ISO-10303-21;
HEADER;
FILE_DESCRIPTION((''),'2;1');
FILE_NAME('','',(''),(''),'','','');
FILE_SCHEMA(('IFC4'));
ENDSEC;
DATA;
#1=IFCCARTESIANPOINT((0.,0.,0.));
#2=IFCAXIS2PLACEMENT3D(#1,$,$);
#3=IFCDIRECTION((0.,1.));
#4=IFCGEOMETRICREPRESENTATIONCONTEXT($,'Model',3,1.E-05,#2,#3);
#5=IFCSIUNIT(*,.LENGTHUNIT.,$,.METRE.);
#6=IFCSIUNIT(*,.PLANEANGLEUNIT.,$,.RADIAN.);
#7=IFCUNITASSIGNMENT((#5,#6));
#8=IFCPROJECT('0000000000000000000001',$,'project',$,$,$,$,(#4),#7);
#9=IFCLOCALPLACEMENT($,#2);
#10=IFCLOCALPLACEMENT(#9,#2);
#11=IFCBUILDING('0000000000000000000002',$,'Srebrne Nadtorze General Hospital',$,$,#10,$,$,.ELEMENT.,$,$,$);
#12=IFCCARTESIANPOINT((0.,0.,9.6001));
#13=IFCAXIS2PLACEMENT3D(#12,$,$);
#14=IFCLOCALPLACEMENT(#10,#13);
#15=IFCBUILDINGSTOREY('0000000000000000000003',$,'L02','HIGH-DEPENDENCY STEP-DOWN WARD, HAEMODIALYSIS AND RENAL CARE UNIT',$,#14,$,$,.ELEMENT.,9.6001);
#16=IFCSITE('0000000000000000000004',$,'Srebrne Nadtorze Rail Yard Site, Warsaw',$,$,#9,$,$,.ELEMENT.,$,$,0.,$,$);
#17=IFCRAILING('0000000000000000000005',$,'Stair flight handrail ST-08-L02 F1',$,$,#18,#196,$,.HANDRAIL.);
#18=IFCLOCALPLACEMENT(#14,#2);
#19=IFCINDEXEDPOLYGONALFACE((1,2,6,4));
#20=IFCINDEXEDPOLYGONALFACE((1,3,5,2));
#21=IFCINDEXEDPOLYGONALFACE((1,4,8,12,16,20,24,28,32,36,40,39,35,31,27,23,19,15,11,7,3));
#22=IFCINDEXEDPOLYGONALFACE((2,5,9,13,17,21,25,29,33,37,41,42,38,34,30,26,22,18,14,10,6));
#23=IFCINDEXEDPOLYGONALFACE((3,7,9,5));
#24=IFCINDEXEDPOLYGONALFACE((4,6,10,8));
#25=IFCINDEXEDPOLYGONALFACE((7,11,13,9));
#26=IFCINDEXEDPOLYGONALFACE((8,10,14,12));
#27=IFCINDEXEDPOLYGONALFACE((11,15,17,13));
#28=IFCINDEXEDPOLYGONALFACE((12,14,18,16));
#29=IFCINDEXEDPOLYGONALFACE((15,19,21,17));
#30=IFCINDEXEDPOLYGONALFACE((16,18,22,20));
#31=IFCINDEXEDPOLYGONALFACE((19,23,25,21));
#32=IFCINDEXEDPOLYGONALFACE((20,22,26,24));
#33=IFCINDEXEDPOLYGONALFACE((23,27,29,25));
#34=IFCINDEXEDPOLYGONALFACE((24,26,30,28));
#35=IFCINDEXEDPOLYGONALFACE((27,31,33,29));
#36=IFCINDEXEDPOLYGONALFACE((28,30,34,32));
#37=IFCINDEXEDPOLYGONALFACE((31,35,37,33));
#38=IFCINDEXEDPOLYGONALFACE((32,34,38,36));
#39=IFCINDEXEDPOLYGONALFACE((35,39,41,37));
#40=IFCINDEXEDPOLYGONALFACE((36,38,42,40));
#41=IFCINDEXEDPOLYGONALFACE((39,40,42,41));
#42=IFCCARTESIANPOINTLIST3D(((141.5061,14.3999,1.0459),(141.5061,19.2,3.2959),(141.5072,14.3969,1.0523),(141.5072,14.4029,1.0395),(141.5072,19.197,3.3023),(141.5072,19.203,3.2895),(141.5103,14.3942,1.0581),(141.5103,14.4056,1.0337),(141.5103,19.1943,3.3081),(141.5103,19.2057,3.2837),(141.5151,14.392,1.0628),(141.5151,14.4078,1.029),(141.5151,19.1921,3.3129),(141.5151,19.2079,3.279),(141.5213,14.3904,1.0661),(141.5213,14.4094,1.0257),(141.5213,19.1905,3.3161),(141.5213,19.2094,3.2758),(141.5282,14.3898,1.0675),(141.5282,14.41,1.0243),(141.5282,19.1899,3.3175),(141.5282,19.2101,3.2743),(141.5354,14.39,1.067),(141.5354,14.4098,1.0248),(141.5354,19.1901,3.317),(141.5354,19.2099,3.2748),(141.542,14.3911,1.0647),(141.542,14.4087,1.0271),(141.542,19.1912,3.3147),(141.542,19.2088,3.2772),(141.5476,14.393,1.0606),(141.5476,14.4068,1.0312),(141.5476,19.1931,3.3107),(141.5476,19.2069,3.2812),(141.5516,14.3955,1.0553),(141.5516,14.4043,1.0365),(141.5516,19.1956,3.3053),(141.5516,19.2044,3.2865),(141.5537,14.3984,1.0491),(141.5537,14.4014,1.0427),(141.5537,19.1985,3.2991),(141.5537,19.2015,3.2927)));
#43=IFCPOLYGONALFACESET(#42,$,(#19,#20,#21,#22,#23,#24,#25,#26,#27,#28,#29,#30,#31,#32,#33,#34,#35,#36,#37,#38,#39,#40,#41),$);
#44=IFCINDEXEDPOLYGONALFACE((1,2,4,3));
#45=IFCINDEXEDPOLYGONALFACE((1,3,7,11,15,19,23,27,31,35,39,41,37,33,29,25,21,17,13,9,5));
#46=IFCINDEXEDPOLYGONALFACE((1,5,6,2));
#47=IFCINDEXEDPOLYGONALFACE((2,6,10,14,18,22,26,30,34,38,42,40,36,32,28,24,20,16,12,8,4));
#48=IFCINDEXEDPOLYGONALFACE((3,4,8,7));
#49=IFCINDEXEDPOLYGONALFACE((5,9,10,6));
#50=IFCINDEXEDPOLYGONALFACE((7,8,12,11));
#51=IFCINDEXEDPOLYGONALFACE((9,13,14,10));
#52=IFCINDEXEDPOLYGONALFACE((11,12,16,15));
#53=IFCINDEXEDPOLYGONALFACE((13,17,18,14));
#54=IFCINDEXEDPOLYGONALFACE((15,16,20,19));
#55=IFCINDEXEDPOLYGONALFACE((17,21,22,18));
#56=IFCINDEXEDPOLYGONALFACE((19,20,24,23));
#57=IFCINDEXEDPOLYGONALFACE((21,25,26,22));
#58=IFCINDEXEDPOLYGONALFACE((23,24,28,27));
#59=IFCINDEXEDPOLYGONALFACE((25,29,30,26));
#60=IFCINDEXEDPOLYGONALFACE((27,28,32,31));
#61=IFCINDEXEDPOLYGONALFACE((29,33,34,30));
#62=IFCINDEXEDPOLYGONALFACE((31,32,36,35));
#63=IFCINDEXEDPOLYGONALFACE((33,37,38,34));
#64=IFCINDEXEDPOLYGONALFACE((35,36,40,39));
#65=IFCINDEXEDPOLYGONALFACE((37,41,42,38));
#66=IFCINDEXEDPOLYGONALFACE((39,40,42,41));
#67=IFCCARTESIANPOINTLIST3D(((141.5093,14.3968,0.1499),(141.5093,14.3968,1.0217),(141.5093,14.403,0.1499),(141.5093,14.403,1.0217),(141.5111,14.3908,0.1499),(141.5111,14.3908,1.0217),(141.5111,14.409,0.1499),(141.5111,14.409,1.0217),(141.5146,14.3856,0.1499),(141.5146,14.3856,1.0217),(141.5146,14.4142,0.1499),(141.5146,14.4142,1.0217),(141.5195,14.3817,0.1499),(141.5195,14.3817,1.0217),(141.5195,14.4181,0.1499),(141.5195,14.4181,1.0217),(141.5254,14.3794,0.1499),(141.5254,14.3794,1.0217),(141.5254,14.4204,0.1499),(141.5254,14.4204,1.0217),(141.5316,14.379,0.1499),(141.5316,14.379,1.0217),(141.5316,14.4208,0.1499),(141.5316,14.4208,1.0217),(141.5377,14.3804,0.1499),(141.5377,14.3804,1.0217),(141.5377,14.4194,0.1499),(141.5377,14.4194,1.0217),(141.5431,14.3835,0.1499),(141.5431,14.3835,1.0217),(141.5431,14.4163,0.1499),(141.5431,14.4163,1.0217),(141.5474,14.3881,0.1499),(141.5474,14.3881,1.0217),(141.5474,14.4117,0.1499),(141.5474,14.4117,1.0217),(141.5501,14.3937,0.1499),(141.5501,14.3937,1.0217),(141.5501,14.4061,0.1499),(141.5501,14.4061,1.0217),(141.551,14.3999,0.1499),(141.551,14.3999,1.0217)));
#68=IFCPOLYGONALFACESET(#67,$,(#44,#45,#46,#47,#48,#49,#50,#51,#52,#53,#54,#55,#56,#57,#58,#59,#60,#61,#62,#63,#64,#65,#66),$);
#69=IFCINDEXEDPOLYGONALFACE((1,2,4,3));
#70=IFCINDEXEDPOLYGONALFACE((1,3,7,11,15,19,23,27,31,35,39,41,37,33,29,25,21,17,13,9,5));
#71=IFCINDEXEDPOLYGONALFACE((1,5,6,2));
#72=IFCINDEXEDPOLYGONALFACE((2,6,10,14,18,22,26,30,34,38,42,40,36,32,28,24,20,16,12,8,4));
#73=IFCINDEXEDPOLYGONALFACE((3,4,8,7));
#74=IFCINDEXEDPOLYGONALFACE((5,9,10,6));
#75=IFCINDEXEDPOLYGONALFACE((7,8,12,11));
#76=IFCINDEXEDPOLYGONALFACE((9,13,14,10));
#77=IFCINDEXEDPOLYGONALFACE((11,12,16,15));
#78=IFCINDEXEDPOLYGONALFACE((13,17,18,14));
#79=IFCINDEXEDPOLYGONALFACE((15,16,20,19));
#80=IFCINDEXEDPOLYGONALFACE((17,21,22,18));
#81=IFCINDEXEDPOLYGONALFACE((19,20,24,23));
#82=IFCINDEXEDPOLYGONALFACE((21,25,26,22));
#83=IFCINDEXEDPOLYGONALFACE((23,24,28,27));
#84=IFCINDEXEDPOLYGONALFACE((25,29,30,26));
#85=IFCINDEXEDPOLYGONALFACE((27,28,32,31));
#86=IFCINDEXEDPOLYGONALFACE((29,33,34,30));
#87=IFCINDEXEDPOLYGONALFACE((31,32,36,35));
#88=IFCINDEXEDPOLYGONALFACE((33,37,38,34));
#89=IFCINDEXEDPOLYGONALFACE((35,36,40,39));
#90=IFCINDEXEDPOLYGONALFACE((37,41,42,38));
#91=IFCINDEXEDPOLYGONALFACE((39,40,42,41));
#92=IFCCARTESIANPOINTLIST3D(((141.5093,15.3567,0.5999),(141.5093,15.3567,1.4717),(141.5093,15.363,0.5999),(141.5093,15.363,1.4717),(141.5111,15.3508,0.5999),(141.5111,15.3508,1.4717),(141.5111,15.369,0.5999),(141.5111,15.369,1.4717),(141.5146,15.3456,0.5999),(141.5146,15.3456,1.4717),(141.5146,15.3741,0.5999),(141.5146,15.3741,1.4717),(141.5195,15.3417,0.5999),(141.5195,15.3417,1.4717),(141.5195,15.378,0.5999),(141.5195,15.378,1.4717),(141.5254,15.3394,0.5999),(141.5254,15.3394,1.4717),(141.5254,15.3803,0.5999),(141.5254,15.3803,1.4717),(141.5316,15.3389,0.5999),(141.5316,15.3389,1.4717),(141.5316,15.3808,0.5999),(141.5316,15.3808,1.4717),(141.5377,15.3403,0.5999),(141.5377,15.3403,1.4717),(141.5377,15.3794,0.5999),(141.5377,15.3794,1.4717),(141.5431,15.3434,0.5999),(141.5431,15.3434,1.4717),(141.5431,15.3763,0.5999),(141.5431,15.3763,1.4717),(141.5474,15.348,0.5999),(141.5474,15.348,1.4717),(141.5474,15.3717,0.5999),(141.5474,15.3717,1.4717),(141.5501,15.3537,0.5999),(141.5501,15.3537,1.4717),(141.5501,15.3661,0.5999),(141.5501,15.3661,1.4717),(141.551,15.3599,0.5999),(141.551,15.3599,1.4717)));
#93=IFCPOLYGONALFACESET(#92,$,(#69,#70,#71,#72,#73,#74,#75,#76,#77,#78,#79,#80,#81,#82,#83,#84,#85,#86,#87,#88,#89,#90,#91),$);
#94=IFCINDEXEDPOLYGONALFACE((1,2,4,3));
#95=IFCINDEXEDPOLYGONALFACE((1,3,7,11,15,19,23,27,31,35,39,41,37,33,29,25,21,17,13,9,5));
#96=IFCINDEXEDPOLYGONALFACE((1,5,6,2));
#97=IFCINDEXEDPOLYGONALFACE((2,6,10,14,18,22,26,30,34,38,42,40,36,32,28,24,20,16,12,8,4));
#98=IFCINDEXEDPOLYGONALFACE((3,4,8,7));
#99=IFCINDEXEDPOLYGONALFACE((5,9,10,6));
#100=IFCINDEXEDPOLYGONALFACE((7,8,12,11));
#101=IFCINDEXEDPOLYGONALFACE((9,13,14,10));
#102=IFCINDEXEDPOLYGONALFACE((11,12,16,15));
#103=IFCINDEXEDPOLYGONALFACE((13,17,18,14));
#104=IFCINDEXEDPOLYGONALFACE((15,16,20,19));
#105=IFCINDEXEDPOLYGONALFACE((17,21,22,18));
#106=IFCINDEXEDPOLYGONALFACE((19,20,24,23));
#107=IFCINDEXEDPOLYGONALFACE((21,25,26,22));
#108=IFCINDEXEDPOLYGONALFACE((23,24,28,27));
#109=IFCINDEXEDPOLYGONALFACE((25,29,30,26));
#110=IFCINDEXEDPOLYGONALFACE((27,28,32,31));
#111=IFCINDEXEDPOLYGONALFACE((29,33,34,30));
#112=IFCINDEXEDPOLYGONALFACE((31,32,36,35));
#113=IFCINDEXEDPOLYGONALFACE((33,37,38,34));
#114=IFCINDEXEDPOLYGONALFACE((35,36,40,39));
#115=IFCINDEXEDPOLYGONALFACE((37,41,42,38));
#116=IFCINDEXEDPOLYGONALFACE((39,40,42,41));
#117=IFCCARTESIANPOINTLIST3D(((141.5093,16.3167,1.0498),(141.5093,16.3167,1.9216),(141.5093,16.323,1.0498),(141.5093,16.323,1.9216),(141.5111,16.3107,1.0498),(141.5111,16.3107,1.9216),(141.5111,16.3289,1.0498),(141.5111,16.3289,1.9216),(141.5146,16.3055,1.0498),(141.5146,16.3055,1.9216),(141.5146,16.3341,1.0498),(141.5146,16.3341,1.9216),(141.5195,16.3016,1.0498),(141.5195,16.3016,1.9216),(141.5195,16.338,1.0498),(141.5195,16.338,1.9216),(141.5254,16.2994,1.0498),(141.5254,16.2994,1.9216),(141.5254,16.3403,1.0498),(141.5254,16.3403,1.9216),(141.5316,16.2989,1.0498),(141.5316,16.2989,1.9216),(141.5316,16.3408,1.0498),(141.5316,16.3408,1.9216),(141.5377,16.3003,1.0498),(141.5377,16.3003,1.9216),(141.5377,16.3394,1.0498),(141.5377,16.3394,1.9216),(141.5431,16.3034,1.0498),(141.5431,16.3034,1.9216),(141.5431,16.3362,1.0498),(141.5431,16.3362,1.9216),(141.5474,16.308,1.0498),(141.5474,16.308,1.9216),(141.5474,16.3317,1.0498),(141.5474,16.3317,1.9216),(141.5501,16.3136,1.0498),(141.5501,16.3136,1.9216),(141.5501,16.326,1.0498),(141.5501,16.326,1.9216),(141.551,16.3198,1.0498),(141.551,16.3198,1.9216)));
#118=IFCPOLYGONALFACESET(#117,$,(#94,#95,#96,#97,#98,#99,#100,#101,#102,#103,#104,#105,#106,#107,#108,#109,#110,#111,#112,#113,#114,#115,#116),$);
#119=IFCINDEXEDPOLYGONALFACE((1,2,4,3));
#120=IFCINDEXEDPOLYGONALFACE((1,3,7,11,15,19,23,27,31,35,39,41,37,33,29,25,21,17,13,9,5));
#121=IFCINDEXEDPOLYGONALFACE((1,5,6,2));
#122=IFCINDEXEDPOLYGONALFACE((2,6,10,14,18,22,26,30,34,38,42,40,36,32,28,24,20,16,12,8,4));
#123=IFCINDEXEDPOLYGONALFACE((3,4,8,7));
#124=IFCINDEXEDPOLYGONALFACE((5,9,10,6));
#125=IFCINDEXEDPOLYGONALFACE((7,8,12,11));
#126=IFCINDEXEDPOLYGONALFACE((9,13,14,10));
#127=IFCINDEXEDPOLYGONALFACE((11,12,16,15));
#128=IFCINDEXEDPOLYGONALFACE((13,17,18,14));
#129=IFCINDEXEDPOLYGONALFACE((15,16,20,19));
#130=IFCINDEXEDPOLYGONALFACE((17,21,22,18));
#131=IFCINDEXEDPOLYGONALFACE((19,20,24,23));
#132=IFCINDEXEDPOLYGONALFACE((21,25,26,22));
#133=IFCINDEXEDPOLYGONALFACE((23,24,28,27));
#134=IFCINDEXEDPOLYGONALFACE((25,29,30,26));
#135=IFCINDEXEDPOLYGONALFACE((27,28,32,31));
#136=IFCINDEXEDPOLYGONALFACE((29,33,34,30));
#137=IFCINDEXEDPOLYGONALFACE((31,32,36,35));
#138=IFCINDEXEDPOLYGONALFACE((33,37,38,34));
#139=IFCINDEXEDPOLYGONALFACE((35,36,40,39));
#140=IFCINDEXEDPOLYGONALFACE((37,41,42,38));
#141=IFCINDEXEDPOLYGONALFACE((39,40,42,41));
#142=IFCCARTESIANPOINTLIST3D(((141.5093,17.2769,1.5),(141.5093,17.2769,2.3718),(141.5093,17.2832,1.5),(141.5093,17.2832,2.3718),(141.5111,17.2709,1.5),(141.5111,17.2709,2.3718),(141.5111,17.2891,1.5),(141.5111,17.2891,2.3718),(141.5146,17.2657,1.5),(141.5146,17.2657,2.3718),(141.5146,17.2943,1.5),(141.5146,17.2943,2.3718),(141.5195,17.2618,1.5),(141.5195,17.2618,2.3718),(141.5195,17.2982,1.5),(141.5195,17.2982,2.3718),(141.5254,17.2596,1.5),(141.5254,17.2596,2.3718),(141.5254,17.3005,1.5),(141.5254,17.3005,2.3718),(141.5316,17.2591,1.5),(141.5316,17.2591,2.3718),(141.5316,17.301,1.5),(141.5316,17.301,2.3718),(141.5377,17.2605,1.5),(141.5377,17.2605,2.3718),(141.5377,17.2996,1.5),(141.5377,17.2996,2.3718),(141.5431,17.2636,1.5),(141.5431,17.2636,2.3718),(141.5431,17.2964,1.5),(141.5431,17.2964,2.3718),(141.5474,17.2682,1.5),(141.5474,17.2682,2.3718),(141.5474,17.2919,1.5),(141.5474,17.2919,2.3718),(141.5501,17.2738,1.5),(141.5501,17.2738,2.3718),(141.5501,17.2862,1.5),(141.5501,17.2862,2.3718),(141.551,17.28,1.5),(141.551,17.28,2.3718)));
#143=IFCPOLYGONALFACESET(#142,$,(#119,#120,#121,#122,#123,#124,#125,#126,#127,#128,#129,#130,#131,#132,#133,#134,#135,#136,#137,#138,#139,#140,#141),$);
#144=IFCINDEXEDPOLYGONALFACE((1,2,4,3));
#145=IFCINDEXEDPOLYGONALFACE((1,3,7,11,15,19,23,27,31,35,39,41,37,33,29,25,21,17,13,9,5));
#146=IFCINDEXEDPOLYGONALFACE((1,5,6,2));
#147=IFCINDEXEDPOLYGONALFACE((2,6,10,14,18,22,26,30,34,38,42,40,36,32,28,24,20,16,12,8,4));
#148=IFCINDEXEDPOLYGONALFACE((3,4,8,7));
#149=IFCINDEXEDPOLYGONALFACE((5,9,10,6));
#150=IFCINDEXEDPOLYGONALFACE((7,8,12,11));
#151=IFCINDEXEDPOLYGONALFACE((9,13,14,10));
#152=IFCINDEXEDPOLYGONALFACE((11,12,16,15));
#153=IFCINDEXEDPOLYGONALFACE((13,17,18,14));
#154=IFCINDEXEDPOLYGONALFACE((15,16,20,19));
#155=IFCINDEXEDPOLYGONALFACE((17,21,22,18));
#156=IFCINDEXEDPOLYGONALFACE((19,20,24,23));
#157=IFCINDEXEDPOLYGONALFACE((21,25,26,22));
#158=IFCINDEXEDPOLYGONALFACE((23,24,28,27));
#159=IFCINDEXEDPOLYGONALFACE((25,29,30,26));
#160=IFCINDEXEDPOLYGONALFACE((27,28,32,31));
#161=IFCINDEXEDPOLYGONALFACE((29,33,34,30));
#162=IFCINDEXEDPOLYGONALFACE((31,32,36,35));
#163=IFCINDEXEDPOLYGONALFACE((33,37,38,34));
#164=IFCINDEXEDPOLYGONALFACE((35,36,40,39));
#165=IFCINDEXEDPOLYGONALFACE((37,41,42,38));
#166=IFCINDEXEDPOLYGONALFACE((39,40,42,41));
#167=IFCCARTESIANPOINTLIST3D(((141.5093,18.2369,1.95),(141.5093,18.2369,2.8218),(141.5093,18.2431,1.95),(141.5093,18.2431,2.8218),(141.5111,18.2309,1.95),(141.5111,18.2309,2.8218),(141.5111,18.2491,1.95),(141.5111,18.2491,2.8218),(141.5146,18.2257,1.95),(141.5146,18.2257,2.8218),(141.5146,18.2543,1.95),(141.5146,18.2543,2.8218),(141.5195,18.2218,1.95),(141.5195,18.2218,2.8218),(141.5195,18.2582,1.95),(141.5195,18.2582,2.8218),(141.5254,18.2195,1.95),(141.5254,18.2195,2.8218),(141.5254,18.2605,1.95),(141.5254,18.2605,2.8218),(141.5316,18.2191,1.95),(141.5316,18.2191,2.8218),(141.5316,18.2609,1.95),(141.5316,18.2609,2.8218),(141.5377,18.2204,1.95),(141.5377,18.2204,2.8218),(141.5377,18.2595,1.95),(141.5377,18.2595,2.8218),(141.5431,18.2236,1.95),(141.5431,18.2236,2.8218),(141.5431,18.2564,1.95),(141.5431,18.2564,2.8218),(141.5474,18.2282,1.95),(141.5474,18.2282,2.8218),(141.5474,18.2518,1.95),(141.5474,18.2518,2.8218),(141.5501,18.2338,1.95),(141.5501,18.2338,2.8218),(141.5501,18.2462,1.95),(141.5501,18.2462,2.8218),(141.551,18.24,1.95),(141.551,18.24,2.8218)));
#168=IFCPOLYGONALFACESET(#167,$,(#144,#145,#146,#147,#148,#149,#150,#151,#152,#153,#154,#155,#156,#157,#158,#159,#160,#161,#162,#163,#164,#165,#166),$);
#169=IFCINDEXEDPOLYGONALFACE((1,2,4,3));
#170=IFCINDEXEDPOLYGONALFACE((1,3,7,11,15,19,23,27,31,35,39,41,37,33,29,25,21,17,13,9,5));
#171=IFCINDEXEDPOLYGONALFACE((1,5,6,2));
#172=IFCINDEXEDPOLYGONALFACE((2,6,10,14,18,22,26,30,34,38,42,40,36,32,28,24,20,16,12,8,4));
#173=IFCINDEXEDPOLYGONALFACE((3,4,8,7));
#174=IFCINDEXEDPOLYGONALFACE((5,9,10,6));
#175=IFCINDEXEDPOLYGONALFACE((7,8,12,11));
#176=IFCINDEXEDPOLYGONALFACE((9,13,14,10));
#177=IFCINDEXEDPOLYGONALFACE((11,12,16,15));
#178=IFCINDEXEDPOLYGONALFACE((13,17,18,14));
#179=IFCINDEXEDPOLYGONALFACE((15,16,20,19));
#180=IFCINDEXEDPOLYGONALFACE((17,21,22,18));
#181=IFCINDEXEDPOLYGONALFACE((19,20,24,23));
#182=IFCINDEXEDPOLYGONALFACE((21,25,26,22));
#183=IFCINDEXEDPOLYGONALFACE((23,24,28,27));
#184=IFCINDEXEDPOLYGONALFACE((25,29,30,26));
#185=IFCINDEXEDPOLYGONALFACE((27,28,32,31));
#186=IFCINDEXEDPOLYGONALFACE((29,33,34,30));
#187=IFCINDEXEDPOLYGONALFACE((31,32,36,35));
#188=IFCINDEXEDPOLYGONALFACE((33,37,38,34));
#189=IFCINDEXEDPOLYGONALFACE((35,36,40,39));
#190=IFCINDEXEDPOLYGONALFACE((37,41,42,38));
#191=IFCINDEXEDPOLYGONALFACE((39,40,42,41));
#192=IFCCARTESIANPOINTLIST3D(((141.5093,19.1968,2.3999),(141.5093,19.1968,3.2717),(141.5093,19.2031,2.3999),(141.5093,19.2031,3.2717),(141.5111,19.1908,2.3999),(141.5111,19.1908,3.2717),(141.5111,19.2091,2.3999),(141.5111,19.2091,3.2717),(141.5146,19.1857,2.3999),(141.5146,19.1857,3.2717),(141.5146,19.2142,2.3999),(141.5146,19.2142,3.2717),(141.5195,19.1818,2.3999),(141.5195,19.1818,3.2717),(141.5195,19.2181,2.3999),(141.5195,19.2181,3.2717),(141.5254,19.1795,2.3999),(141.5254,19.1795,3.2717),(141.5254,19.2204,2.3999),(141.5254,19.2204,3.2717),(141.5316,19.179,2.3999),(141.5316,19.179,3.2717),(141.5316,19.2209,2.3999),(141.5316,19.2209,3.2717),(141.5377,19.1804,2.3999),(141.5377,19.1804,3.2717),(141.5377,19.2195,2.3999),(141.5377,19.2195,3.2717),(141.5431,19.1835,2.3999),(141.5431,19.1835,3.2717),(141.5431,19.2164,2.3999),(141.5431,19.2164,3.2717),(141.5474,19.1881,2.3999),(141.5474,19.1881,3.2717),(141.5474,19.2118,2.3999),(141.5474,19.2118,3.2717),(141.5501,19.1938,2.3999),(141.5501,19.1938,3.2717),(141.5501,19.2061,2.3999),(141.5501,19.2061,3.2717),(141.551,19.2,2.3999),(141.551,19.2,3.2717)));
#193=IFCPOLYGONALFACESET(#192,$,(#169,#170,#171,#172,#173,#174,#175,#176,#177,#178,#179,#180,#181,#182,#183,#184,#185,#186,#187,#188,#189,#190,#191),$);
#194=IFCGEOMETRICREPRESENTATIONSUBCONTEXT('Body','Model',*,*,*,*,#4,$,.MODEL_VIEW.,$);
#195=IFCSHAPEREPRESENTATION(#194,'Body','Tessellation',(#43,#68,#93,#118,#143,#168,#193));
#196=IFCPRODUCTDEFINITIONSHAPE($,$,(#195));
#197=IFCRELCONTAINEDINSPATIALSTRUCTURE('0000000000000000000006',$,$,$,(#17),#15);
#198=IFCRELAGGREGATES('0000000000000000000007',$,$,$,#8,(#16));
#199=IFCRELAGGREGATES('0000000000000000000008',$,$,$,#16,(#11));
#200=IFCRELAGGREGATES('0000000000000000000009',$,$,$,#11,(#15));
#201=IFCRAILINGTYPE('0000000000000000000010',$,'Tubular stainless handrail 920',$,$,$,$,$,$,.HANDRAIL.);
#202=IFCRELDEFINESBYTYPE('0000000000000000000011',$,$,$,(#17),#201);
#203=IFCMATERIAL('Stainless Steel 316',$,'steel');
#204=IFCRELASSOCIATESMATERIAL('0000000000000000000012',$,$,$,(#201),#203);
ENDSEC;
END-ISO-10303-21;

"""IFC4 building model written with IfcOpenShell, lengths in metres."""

from ifc_helpers import new_model, si_unit, direction, frame, origin, origin_2d, place, context, subcontext, project, spatial, circle, extrude, material, type_object, element, save


model = new_model("IFC4")

# Units and contexts
model_context = context("Model", 3, precision=1e-05, world=origin(), true_north=direction((0.0, 1.0)))
body_context = subcontext(model_context, "Body", "Model", "MODEL_VIEW")
ifc_project = project(units=[si_unit("LENGTHUNIT", "METRE"), si_unit("PLANEANGLEUNIT", "RADIAN")], contexts=[model_context])

# Site, building, storey
site_placement = place(None, origin())
site = spatial("IfcSite", under=ifc_project, at=site_placement, Name="Srebrne Nadtorze Rail Yard Site, Warsaw", CompositionType="ELEMENT", RefElevation=0.0)
building_placement = place(site_placement, origin())
building = spatial("IfcBuilding", under=site, at=building_placement, Name="Srebrne Nadtorze General Hospital", CompositionType="ELEMENT")
storey_placement = place(building_placement, frame((0.0, 0.0, 9.6001)))
storey = spatial("IfcBuildingStorey", under=building, at=storey_placement, Name="L02", Description="HIGH-DEPENDENCY STEP-DOWN WARD, HAEMODIALYSIS AND RENAL CARE UNIT", CompositionType="ELEMENT", Elevation=9.6001)

# Railing
ifc_material_1 = material(Name="Stainless Steel 316", Category="steel")
railing_type = type_object("IfcRailingType", Name="Tubular stainless handrail 920", PredefinedType="HANDRAIL", material=ifc_material_1)
railing_placement = place(storey_placement, frame((141.53, 14.3999, 0.1499)))
element("IfcRailing", 1, at=railing_placement, inside=storey, type_object=railing_type, Name="Stair flight handrail ST-08-L02 F1", PredefinedType="HANDRAIL", context=body_context, shape_type="SweptSolid", body=[
    extrude(circle(Radius=0.0239, at=origin_2d()), frame((0.0, 0.0, 0.896), z_axis=(0.0, 0.905461, 0.42443), x_axis=(-1.0, 0.0, 0.0)), (0.0, 0.0, 1.0), 5.3013),
    extrude(circle(Radius=0.021, at=origin_2d()), origin(), (0.0, 0.0, 1.0), 0.8718),
    extrude(circle(Radius=0.021, at=origin_2d()), frame((0.0, 0.96, 0.45)), (0.0, 0.0, 1.0), 0.8718),
    extrude(circle(Radius=0.021, at=origin_2d()), frame((0.0, 1.9199, 0.8999)), (0.0, 0.0, 1.0), 0.8718),
    extrude(circle(Radius=0.021, at=origin_2d()), frame((0.0, 2.8801, 1.3501)), (0.0, 0.0, 1.0), 0.8718),
    extrude(circle(Radius=0.021, at=origin_2d()), frame((0.0, 3.8401, 1.8)), (0.0, 0.0, 1.0), 0.8718),
    extrude(circle(Radius=0.021, at=origin_2d()), frame((0.0, 4.8, 2.25)), (0.0, 0.0, 1.0), 0.8718),
])

save(model, "model.ifc")
